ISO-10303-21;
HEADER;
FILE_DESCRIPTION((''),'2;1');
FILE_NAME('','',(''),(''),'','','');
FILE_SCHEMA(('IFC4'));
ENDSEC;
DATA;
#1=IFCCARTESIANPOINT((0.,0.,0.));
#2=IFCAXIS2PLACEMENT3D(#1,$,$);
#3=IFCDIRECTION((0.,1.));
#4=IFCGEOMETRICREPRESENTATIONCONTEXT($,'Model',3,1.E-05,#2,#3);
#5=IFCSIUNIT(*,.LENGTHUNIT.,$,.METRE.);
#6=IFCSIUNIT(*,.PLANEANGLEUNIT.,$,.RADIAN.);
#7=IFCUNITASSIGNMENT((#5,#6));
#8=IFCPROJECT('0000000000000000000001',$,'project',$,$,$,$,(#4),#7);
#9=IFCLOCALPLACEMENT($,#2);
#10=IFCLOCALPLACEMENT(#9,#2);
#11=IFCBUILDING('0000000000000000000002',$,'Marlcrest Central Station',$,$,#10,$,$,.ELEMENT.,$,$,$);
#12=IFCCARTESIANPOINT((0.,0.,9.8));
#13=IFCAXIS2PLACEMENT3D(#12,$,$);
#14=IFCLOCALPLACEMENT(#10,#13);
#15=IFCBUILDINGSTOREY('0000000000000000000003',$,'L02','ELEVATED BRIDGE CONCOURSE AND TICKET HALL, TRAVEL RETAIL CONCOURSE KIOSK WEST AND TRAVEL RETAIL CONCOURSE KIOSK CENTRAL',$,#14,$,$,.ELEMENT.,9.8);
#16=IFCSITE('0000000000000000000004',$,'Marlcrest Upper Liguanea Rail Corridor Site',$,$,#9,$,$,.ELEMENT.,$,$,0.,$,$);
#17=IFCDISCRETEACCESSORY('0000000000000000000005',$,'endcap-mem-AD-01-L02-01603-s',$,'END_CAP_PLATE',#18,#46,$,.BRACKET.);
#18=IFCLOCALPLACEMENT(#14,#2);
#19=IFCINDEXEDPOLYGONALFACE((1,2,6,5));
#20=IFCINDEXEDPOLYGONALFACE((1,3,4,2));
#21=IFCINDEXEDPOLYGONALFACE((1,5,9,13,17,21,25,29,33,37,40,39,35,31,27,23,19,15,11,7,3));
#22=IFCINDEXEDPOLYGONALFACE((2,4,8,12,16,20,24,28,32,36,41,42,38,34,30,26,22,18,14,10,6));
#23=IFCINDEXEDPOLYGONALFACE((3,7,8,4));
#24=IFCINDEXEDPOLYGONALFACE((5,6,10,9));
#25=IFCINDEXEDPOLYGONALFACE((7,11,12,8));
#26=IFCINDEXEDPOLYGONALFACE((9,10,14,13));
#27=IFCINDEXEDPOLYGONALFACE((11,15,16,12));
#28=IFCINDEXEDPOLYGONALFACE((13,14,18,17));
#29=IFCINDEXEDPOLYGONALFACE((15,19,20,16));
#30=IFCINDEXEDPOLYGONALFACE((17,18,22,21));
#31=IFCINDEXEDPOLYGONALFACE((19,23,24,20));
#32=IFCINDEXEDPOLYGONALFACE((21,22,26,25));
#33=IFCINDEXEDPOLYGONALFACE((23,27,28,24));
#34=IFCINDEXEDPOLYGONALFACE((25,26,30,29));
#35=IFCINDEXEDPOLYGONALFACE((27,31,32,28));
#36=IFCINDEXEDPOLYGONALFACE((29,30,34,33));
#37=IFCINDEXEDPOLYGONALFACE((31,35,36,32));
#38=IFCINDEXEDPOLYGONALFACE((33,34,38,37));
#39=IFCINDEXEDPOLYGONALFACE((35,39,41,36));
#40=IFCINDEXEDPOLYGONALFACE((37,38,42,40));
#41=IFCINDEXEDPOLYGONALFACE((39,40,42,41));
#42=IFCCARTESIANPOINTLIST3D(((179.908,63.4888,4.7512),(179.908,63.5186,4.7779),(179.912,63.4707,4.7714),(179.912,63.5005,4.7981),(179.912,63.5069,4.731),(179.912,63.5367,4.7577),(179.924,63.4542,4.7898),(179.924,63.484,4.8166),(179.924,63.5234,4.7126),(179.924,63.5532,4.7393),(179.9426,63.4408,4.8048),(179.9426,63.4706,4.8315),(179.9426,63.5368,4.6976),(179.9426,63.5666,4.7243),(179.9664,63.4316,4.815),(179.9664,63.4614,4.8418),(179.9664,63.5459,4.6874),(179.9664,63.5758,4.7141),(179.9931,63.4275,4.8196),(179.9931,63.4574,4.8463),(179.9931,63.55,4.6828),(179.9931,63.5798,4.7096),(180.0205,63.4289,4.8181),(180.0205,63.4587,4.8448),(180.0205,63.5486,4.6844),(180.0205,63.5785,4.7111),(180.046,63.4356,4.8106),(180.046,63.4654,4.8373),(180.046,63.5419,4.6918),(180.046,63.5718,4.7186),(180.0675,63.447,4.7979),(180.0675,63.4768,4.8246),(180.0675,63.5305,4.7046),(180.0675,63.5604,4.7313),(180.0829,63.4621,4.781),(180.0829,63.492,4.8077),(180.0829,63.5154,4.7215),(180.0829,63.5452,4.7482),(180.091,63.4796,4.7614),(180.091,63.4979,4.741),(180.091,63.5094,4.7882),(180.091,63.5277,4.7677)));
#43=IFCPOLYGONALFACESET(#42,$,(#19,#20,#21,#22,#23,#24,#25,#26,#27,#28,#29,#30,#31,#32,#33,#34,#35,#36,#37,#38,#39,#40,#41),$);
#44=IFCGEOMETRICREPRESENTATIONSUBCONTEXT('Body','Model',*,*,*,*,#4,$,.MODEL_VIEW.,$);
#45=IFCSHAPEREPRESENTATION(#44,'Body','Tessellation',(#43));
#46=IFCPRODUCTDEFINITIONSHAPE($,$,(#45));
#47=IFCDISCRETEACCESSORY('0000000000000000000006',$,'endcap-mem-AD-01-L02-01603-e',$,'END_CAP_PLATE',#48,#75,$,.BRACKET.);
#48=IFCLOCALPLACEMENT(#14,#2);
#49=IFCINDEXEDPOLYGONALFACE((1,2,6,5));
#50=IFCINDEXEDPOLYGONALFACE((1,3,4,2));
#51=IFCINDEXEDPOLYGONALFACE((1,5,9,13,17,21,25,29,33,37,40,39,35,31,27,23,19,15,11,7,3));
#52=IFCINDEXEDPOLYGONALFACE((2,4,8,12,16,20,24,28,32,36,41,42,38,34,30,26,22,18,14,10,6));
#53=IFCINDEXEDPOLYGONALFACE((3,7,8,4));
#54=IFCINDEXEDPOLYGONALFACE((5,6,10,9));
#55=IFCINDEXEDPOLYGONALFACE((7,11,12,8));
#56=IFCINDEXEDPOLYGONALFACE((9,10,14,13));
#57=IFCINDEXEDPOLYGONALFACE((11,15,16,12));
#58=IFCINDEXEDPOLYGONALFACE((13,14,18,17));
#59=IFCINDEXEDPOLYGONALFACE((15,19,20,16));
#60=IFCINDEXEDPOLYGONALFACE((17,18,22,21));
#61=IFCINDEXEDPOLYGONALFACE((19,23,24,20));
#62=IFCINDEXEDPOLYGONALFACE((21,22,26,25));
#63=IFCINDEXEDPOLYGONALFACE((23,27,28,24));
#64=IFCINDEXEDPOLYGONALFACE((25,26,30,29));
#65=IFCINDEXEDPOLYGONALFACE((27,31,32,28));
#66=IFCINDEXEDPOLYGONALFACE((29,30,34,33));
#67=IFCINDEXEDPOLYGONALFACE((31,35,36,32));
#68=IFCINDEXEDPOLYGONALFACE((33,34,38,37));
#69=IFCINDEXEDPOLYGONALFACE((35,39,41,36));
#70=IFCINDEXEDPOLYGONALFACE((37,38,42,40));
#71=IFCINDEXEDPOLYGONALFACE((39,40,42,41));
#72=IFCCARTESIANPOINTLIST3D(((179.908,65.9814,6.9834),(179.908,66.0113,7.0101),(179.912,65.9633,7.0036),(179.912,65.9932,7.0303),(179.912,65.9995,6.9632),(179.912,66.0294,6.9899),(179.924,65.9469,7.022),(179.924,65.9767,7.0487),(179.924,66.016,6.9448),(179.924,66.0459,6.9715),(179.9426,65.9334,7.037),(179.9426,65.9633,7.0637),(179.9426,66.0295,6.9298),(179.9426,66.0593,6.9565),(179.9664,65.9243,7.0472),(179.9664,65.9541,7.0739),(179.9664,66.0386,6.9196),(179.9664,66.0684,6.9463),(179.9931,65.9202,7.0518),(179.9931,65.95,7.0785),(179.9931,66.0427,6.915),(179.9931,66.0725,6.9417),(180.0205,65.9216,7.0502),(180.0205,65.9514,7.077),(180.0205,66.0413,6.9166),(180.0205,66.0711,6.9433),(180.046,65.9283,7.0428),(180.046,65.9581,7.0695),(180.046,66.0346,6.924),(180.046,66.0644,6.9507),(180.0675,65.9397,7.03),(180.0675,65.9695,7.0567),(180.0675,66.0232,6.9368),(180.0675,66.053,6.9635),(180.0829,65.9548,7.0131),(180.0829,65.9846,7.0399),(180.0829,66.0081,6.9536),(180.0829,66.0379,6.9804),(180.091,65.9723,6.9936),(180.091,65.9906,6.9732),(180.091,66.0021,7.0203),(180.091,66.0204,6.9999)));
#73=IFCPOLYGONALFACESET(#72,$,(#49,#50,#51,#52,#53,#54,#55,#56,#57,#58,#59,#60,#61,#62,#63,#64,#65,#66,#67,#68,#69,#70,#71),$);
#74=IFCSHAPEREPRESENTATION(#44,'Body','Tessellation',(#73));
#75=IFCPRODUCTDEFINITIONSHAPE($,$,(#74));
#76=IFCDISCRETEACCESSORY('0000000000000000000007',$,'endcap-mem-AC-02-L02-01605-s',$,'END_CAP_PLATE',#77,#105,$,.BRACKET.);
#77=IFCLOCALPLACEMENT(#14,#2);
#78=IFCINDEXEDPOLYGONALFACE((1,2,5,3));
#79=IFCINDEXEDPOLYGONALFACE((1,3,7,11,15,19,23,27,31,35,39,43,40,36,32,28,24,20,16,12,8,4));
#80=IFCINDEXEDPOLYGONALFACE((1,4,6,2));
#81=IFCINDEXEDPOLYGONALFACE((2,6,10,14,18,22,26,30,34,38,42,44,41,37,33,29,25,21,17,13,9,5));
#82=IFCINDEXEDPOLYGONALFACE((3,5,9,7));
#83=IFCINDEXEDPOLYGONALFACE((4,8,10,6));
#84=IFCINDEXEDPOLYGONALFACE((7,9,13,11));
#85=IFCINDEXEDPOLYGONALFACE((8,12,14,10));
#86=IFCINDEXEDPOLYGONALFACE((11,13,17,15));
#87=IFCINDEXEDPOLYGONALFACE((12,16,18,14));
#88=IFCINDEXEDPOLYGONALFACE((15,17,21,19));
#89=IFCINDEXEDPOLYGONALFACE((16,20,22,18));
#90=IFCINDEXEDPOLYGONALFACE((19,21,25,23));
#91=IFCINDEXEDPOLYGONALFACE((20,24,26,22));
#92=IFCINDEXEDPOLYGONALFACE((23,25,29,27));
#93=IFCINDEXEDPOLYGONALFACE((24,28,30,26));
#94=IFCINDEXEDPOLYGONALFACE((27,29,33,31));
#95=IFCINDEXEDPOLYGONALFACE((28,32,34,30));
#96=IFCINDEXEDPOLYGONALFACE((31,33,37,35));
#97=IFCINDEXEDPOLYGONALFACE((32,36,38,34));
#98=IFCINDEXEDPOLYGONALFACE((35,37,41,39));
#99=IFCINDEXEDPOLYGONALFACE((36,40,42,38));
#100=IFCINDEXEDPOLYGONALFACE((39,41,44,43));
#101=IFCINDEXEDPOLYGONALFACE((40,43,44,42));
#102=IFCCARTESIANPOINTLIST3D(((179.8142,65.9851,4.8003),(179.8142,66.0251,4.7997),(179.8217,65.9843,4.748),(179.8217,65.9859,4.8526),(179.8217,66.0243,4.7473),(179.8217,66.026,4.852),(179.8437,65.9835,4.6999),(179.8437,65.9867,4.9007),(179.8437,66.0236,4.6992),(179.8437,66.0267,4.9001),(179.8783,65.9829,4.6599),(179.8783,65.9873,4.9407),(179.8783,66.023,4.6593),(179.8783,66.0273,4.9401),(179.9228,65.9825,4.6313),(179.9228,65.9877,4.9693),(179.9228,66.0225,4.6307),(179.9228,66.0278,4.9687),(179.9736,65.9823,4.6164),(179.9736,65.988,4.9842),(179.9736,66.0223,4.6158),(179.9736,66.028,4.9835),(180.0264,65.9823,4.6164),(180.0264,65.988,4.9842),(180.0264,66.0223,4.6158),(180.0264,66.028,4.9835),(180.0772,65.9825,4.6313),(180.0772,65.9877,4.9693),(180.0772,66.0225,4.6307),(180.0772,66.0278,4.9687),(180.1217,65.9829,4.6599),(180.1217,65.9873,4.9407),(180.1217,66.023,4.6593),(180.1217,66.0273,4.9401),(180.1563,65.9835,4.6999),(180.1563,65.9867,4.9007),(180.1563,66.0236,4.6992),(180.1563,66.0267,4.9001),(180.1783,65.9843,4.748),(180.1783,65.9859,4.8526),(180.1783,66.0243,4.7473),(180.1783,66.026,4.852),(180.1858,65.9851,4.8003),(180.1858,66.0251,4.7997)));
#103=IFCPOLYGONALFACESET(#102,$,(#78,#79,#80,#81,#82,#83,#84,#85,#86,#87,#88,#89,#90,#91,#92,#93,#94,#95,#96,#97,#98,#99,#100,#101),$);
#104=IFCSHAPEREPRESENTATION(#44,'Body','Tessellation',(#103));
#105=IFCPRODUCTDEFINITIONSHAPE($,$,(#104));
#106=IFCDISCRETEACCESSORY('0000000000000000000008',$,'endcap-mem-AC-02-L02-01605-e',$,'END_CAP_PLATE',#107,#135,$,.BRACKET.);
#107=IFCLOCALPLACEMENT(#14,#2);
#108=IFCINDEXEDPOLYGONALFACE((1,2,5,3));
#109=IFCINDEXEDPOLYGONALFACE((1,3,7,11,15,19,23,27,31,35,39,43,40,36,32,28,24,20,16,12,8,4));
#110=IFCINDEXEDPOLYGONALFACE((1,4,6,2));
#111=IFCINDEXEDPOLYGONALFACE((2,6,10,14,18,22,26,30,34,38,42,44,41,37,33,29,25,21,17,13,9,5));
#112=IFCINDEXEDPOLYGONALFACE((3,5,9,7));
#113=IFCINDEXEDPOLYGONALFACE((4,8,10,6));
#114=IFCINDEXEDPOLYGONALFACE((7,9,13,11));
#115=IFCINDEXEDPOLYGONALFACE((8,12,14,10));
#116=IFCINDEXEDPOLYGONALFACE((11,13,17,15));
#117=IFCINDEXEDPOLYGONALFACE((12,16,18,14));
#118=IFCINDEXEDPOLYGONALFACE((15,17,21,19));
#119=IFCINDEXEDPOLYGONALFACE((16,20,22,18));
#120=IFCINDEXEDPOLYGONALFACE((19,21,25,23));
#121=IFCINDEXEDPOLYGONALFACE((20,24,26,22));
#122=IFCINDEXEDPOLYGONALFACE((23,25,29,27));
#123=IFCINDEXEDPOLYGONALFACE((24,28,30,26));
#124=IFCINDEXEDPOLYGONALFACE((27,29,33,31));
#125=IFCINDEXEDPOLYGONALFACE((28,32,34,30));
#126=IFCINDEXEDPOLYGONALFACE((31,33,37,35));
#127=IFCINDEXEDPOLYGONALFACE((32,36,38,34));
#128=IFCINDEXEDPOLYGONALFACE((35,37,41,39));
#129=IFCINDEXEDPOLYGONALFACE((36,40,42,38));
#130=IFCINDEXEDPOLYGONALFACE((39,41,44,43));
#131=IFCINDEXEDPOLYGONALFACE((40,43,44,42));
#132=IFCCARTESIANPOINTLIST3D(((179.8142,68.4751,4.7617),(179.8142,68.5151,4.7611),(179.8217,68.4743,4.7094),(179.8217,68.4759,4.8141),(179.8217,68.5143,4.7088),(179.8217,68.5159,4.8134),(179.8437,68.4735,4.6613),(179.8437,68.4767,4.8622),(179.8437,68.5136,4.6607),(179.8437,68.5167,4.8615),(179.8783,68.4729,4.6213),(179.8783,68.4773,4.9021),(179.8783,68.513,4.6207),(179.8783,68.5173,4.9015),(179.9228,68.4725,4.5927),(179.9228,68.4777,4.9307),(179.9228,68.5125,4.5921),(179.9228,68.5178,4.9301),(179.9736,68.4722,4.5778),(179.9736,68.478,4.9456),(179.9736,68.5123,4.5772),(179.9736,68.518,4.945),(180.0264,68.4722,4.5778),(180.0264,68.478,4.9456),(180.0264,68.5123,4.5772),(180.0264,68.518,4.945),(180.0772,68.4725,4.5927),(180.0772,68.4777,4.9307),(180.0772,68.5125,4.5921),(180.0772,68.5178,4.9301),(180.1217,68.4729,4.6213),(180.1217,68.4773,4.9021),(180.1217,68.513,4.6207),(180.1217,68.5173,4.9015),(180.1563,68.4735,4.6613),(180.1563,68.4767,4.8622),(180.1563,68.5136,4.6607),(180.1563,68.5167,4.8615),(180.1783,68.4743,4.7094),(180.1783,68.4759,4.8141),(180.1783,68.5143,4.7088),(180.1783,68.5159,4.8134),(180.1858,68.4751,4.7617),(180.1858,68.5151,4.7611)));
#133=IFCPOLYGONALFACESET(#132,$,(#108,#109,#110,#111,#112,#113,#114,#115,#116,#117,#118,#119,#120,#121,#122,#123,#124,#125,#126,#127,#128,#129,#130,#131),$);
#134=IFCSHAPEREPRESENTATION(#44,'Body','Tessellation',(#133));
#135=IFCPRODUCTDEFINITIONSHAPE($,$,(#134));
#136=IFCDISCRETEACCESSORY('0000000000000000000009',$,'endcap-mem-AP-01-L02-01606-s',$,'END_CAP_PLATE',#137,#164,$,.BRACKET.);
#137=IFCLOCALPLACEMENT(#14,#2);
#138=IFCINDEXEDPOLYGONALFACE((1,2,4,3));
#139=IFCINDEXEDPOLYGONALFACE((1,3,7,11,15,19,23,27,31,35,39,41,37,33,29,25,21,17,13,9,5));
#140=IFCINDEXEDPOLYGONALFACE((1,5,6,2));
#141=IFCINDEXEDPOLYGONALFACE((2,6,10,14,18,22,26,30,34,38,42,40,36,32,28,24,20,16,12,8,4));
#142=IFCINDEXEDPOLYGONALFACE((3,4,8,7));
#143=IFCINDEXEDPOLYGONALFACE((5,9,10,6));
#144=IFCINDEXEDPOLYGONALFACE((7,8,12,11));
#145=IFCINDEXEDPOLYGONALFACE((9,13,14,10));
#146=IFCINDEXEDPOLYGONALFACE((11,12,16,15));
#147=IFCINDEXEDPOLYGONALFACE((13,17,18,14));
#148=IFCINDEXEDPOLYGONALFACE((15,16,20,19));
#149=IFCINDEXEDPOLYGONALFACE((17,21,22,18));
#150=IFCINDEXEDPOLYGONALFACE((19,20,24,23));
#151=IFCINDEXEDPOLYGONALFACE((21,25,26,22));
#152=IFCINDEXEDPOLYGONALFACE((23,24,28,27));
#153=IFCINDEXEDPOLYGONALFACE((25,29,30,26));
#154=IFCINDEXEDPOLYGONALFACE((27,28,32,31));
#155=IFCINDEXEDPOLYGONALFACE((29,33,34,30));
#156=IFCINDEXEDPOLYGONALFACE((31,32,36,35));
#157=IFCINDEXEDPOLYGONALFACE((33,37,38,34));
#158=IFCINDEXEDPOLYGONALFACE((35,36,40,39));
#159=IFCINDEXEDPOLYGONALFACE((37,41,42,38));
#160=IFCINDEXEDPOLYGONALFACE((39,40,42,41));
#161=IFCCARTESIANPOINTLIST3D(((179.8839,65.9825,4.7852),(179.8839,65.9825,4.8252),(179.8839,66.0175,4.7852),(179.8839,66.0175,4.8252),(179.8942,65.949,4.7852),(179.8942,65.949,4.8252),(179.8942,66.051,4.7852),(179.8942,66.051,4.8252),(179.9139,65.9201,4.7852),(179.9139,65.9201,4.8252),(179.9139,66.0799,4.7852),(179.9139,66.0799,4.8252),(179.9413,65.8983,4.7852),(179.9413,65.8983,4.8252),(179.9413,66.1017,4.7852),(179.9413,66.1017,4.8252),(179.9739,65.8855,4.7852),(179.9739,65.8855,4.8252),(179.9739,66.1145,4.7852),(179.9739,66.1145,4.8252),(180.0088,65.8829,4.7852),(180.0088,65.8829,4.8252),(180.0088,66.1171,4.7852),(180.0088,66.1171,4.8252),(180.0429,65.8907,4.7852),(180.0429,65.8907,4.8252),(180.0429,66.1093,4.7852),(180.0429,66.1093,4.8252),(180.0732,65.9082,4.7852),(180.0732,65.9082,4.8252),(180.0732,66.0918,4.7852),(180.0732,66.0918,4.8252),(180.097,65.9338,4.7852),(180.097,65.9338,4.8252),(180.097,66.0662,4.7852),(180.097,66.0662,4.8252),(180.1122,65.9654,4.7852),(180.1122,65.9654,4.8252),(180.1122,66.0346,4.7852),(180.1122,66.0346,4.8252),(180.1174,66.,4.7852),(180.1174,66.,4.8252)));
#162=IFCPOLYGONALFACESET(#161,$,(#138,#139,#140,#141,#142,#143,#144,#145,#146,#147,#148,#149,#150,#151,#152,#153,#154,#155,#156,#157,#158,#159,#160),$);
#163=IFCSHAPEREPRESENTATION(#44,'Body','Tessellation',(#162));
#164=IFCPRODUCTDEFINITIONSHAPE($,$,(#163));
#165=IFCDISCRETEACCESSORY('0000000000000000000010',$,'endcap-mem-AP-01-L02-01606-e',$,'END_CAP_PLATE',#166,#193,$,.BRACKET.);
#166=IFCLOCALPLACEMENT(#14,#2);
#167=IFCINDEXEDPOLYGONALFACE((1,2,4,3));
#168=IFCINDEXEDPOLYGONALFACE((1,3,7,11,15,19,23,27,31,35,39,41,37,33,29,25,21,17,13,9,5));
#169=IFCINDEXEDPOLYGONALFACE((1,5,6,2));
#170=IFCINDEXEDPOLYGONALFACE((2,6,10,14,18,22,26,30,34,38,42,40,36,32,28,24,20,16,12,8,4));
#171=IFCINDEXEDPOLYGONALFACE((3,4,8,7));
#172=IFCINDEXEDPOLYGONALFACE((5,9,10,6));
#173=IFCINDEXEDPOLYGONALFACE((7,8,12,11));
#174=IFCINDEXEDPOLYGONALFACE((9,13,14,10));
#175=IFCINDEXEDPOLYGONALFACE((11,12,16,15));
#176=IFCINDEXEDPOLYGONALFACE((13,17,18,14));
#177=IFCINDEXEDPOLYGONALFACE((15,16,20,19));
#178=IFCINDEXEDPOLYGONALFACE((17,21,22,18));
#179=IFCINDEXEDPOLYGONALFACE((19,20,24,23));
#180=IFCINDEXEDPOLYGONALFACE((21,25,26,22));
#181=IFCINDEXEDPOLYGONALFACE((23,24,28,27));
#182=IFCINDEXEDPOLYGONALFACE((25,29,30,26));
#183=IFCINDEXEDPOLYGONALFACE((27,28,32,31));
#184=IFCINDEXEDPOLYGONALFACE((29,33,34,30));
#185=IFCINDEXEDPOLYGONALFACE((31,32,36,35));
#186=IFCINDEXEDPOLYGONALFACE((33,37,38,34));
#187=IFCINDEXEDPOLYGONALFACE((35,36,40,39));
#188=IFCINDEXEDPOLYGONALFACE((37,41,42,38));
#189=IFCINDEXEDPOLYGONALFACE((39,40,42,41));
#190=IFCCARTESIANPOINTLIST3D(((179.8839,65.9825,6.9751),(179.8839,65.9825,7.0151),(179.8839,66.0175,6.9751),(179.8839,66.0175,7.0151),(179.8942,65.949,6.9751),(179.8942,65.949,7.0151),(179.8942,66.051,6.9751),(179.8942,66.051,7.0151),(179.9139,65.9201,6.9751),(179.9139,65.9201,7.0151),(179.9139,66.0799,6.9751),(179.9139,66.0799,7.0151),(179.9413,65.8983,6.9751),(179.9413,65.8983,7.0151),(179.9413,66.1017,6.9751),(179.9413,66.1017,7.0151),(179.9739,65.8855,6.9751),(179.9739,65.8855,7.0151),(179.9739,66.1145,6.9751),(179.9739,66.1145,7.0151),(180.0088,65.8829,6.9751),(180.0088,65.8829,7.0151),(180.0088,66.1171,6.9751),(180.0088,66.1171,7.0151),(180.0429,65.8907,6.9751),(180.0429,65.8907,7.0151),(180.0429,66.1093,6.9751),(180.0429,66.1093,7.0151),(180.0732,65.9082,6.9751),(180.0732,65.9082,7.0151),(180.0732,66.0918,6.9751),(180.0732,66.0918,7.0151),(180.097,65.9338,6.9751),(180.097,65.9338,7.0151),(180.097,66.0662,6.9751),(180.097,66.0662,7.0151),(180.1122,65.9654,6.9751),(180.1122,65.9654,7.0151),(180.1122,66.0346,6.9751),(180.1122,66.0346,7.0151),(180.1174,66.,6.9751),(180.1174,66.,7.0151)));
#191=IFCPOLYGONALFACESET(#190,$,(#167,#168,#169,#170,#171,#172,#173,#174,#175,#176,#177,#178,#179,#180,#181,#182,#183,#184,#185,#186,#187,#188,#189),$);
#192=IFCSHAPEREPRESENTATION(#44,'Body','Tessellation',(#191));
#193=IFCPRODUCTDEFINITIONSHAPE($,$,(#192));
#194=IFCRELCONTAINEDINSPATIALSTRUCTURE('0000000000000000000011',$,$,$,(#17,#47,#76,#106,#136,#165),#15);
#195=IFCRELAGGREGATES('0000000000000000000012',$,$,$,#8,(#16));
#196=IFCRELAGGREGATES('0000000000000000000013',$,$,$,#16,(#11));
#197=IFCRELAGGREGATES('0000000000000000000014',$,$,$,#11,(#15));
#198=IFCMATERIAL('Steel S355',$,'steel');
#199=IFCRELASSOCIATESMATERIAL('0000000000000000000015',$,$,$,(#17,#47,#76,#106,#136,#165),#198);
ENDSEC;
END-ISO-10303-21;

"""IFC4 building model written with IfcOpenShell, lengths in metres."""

from ifc_helpers import new_model, si_unit, direction, frame, origin, origin_2d, place, context, subcontext, project, spatial, circle, extrude, material, element, save


model = new_model("IFC4")

# Units and contexts
model_context = context("Model", 3, precision=1e-05, world=origin(), true_north=direction((0.0, 1.0)))
body_context = subcontext(model_context, "Body", "Model", "MODEL_VIEW")
ifc_project = project(units=[si_unit("LENGTHUNIT", "METRE"), si_unit("PLANEANGLEUNIT", "RADIAN")], contexts=[model_context])

# Site, building, storey
site_placement = place(None, origin())
site = spatial("IfcSite", under=ifc_project, at=site_placement, Name="Marlcrest Upper Liguanea Rail Corridor Site", CompositionType="ELEMENT", RefElevation=0.0)
building_placement = place(site_placement, origin())
building = spatial("IfcBuilding", under=site, at=building_placement, Name="Marlcrest Central Station", CompositionType="ELEMENT")
storey_placement = place(building_placement, frame((0.0, 0.0, 9.8)))
storey = spatial("IfcBuildingStorey", under=building, at=storey_placement, Name="L02", Description="ELEVATED BRIDGE CONCOURSE AND TICKET HALL, TRAVEL RETAIL CONCOURSE KIOSK WEST AND TRAVEL RETAIL CONCOURSE KIOSK CENTRAL", CompositionType="ELEMENT", Elevation=9.8)

# Shared definitions
ifc_material = material(Name="Steel S355", Category="steel")

# Discrete accessories
for number, where, z_axis, x_axis, name in (
    (1, (180.0, 63.4888, 4.7512), (0.0, 0.744956, 0.667114), (-1.0, 0.0, 0.0), "endcap-mem-AD-01-L02-01603-s"),
    (2, (180.0, 65.9814, 6.9834), (0.0, 0.744956, 0.667114), (-1.0, 0.0, 0.0), "endcap-mem-AD-01-L02-01603-e"),
):
    element("IfcDiscreteAccessory", number, at=place(storey_placement, frame(where, z_axis=z_axis, x_axis=x_axis)), inside=storey, material=ifc_material, Name=name, ObjectType="END_CAP_PLATE", PredefinedType="BRACKET", context=body_context, shape_type="SweptSolid", body=[
        extrude(circle(Radius=0.092, at=origin_2d()), origin(), (0.0, 0.0, 1.0), 0.04),
    ])
for number, where, z_axis, x_axis, name in (
    (3, (180.0, 65.9851, 4.8003), (0.0, 0.999879, -0.015525), (-1.0, 0.0, 0.0), "endcap-mem-AC-02-L02-01605-s"),
    (4, (180.0, 68.4751, 4.7617), (0.0, 0.999879, -0.015525), (-1.0, 0.0, 0.0), "endcap-mem-AC-02-L02-01605-e"),
):
    element("IfcDiscreteAccessory", number, at=place(storey_placement, frame(where, z_axis=z_axis, x_axis=x_axis)), inside=storey, material=ifc_material, Name=name, ObjectType="END_CAP_PLATE", PredefinedType="BRACKET", context=body_context, shape_type="SweptSolid", body=[
        extrude(circle(Radius=0.1858, at=origin_2d()), origin(), (0.0, 0.0, 1.0), 0.04),
    ])
for number, where, z_axis, x_axis, name in (
    (5, (180.0, 66.0, 4.7852), (0.0, 0.0, 1.0), (1.0, 0.0, 0.0), "endcap-mem-AP-01-L02-01606-s"),
    (6, (180.0, 66.0, 6.9751), (0.0, 0.0, 1.0), (1.0, 0.0, 0.0), "endcap-mem-AP-01-L02-01606-e"),
):
    element("IfcDiscreteAccessory", number, at=place(storey_placement, frame(where, z_axis=z_axis, x_axis=x_axis)), inside=storey, material=ifc_material, Name=name, ObjectType="END_CAP_PLATE", PredefinedType="BRACKET", context=body_context, shape_type="SweptSolid", body=[
        extrude(circle(Radius=0.1174, at=origin_2d()), origin(), (0.0, 0.0, 1.0), 0.04),
    ])

save(model, "model.ifc")
